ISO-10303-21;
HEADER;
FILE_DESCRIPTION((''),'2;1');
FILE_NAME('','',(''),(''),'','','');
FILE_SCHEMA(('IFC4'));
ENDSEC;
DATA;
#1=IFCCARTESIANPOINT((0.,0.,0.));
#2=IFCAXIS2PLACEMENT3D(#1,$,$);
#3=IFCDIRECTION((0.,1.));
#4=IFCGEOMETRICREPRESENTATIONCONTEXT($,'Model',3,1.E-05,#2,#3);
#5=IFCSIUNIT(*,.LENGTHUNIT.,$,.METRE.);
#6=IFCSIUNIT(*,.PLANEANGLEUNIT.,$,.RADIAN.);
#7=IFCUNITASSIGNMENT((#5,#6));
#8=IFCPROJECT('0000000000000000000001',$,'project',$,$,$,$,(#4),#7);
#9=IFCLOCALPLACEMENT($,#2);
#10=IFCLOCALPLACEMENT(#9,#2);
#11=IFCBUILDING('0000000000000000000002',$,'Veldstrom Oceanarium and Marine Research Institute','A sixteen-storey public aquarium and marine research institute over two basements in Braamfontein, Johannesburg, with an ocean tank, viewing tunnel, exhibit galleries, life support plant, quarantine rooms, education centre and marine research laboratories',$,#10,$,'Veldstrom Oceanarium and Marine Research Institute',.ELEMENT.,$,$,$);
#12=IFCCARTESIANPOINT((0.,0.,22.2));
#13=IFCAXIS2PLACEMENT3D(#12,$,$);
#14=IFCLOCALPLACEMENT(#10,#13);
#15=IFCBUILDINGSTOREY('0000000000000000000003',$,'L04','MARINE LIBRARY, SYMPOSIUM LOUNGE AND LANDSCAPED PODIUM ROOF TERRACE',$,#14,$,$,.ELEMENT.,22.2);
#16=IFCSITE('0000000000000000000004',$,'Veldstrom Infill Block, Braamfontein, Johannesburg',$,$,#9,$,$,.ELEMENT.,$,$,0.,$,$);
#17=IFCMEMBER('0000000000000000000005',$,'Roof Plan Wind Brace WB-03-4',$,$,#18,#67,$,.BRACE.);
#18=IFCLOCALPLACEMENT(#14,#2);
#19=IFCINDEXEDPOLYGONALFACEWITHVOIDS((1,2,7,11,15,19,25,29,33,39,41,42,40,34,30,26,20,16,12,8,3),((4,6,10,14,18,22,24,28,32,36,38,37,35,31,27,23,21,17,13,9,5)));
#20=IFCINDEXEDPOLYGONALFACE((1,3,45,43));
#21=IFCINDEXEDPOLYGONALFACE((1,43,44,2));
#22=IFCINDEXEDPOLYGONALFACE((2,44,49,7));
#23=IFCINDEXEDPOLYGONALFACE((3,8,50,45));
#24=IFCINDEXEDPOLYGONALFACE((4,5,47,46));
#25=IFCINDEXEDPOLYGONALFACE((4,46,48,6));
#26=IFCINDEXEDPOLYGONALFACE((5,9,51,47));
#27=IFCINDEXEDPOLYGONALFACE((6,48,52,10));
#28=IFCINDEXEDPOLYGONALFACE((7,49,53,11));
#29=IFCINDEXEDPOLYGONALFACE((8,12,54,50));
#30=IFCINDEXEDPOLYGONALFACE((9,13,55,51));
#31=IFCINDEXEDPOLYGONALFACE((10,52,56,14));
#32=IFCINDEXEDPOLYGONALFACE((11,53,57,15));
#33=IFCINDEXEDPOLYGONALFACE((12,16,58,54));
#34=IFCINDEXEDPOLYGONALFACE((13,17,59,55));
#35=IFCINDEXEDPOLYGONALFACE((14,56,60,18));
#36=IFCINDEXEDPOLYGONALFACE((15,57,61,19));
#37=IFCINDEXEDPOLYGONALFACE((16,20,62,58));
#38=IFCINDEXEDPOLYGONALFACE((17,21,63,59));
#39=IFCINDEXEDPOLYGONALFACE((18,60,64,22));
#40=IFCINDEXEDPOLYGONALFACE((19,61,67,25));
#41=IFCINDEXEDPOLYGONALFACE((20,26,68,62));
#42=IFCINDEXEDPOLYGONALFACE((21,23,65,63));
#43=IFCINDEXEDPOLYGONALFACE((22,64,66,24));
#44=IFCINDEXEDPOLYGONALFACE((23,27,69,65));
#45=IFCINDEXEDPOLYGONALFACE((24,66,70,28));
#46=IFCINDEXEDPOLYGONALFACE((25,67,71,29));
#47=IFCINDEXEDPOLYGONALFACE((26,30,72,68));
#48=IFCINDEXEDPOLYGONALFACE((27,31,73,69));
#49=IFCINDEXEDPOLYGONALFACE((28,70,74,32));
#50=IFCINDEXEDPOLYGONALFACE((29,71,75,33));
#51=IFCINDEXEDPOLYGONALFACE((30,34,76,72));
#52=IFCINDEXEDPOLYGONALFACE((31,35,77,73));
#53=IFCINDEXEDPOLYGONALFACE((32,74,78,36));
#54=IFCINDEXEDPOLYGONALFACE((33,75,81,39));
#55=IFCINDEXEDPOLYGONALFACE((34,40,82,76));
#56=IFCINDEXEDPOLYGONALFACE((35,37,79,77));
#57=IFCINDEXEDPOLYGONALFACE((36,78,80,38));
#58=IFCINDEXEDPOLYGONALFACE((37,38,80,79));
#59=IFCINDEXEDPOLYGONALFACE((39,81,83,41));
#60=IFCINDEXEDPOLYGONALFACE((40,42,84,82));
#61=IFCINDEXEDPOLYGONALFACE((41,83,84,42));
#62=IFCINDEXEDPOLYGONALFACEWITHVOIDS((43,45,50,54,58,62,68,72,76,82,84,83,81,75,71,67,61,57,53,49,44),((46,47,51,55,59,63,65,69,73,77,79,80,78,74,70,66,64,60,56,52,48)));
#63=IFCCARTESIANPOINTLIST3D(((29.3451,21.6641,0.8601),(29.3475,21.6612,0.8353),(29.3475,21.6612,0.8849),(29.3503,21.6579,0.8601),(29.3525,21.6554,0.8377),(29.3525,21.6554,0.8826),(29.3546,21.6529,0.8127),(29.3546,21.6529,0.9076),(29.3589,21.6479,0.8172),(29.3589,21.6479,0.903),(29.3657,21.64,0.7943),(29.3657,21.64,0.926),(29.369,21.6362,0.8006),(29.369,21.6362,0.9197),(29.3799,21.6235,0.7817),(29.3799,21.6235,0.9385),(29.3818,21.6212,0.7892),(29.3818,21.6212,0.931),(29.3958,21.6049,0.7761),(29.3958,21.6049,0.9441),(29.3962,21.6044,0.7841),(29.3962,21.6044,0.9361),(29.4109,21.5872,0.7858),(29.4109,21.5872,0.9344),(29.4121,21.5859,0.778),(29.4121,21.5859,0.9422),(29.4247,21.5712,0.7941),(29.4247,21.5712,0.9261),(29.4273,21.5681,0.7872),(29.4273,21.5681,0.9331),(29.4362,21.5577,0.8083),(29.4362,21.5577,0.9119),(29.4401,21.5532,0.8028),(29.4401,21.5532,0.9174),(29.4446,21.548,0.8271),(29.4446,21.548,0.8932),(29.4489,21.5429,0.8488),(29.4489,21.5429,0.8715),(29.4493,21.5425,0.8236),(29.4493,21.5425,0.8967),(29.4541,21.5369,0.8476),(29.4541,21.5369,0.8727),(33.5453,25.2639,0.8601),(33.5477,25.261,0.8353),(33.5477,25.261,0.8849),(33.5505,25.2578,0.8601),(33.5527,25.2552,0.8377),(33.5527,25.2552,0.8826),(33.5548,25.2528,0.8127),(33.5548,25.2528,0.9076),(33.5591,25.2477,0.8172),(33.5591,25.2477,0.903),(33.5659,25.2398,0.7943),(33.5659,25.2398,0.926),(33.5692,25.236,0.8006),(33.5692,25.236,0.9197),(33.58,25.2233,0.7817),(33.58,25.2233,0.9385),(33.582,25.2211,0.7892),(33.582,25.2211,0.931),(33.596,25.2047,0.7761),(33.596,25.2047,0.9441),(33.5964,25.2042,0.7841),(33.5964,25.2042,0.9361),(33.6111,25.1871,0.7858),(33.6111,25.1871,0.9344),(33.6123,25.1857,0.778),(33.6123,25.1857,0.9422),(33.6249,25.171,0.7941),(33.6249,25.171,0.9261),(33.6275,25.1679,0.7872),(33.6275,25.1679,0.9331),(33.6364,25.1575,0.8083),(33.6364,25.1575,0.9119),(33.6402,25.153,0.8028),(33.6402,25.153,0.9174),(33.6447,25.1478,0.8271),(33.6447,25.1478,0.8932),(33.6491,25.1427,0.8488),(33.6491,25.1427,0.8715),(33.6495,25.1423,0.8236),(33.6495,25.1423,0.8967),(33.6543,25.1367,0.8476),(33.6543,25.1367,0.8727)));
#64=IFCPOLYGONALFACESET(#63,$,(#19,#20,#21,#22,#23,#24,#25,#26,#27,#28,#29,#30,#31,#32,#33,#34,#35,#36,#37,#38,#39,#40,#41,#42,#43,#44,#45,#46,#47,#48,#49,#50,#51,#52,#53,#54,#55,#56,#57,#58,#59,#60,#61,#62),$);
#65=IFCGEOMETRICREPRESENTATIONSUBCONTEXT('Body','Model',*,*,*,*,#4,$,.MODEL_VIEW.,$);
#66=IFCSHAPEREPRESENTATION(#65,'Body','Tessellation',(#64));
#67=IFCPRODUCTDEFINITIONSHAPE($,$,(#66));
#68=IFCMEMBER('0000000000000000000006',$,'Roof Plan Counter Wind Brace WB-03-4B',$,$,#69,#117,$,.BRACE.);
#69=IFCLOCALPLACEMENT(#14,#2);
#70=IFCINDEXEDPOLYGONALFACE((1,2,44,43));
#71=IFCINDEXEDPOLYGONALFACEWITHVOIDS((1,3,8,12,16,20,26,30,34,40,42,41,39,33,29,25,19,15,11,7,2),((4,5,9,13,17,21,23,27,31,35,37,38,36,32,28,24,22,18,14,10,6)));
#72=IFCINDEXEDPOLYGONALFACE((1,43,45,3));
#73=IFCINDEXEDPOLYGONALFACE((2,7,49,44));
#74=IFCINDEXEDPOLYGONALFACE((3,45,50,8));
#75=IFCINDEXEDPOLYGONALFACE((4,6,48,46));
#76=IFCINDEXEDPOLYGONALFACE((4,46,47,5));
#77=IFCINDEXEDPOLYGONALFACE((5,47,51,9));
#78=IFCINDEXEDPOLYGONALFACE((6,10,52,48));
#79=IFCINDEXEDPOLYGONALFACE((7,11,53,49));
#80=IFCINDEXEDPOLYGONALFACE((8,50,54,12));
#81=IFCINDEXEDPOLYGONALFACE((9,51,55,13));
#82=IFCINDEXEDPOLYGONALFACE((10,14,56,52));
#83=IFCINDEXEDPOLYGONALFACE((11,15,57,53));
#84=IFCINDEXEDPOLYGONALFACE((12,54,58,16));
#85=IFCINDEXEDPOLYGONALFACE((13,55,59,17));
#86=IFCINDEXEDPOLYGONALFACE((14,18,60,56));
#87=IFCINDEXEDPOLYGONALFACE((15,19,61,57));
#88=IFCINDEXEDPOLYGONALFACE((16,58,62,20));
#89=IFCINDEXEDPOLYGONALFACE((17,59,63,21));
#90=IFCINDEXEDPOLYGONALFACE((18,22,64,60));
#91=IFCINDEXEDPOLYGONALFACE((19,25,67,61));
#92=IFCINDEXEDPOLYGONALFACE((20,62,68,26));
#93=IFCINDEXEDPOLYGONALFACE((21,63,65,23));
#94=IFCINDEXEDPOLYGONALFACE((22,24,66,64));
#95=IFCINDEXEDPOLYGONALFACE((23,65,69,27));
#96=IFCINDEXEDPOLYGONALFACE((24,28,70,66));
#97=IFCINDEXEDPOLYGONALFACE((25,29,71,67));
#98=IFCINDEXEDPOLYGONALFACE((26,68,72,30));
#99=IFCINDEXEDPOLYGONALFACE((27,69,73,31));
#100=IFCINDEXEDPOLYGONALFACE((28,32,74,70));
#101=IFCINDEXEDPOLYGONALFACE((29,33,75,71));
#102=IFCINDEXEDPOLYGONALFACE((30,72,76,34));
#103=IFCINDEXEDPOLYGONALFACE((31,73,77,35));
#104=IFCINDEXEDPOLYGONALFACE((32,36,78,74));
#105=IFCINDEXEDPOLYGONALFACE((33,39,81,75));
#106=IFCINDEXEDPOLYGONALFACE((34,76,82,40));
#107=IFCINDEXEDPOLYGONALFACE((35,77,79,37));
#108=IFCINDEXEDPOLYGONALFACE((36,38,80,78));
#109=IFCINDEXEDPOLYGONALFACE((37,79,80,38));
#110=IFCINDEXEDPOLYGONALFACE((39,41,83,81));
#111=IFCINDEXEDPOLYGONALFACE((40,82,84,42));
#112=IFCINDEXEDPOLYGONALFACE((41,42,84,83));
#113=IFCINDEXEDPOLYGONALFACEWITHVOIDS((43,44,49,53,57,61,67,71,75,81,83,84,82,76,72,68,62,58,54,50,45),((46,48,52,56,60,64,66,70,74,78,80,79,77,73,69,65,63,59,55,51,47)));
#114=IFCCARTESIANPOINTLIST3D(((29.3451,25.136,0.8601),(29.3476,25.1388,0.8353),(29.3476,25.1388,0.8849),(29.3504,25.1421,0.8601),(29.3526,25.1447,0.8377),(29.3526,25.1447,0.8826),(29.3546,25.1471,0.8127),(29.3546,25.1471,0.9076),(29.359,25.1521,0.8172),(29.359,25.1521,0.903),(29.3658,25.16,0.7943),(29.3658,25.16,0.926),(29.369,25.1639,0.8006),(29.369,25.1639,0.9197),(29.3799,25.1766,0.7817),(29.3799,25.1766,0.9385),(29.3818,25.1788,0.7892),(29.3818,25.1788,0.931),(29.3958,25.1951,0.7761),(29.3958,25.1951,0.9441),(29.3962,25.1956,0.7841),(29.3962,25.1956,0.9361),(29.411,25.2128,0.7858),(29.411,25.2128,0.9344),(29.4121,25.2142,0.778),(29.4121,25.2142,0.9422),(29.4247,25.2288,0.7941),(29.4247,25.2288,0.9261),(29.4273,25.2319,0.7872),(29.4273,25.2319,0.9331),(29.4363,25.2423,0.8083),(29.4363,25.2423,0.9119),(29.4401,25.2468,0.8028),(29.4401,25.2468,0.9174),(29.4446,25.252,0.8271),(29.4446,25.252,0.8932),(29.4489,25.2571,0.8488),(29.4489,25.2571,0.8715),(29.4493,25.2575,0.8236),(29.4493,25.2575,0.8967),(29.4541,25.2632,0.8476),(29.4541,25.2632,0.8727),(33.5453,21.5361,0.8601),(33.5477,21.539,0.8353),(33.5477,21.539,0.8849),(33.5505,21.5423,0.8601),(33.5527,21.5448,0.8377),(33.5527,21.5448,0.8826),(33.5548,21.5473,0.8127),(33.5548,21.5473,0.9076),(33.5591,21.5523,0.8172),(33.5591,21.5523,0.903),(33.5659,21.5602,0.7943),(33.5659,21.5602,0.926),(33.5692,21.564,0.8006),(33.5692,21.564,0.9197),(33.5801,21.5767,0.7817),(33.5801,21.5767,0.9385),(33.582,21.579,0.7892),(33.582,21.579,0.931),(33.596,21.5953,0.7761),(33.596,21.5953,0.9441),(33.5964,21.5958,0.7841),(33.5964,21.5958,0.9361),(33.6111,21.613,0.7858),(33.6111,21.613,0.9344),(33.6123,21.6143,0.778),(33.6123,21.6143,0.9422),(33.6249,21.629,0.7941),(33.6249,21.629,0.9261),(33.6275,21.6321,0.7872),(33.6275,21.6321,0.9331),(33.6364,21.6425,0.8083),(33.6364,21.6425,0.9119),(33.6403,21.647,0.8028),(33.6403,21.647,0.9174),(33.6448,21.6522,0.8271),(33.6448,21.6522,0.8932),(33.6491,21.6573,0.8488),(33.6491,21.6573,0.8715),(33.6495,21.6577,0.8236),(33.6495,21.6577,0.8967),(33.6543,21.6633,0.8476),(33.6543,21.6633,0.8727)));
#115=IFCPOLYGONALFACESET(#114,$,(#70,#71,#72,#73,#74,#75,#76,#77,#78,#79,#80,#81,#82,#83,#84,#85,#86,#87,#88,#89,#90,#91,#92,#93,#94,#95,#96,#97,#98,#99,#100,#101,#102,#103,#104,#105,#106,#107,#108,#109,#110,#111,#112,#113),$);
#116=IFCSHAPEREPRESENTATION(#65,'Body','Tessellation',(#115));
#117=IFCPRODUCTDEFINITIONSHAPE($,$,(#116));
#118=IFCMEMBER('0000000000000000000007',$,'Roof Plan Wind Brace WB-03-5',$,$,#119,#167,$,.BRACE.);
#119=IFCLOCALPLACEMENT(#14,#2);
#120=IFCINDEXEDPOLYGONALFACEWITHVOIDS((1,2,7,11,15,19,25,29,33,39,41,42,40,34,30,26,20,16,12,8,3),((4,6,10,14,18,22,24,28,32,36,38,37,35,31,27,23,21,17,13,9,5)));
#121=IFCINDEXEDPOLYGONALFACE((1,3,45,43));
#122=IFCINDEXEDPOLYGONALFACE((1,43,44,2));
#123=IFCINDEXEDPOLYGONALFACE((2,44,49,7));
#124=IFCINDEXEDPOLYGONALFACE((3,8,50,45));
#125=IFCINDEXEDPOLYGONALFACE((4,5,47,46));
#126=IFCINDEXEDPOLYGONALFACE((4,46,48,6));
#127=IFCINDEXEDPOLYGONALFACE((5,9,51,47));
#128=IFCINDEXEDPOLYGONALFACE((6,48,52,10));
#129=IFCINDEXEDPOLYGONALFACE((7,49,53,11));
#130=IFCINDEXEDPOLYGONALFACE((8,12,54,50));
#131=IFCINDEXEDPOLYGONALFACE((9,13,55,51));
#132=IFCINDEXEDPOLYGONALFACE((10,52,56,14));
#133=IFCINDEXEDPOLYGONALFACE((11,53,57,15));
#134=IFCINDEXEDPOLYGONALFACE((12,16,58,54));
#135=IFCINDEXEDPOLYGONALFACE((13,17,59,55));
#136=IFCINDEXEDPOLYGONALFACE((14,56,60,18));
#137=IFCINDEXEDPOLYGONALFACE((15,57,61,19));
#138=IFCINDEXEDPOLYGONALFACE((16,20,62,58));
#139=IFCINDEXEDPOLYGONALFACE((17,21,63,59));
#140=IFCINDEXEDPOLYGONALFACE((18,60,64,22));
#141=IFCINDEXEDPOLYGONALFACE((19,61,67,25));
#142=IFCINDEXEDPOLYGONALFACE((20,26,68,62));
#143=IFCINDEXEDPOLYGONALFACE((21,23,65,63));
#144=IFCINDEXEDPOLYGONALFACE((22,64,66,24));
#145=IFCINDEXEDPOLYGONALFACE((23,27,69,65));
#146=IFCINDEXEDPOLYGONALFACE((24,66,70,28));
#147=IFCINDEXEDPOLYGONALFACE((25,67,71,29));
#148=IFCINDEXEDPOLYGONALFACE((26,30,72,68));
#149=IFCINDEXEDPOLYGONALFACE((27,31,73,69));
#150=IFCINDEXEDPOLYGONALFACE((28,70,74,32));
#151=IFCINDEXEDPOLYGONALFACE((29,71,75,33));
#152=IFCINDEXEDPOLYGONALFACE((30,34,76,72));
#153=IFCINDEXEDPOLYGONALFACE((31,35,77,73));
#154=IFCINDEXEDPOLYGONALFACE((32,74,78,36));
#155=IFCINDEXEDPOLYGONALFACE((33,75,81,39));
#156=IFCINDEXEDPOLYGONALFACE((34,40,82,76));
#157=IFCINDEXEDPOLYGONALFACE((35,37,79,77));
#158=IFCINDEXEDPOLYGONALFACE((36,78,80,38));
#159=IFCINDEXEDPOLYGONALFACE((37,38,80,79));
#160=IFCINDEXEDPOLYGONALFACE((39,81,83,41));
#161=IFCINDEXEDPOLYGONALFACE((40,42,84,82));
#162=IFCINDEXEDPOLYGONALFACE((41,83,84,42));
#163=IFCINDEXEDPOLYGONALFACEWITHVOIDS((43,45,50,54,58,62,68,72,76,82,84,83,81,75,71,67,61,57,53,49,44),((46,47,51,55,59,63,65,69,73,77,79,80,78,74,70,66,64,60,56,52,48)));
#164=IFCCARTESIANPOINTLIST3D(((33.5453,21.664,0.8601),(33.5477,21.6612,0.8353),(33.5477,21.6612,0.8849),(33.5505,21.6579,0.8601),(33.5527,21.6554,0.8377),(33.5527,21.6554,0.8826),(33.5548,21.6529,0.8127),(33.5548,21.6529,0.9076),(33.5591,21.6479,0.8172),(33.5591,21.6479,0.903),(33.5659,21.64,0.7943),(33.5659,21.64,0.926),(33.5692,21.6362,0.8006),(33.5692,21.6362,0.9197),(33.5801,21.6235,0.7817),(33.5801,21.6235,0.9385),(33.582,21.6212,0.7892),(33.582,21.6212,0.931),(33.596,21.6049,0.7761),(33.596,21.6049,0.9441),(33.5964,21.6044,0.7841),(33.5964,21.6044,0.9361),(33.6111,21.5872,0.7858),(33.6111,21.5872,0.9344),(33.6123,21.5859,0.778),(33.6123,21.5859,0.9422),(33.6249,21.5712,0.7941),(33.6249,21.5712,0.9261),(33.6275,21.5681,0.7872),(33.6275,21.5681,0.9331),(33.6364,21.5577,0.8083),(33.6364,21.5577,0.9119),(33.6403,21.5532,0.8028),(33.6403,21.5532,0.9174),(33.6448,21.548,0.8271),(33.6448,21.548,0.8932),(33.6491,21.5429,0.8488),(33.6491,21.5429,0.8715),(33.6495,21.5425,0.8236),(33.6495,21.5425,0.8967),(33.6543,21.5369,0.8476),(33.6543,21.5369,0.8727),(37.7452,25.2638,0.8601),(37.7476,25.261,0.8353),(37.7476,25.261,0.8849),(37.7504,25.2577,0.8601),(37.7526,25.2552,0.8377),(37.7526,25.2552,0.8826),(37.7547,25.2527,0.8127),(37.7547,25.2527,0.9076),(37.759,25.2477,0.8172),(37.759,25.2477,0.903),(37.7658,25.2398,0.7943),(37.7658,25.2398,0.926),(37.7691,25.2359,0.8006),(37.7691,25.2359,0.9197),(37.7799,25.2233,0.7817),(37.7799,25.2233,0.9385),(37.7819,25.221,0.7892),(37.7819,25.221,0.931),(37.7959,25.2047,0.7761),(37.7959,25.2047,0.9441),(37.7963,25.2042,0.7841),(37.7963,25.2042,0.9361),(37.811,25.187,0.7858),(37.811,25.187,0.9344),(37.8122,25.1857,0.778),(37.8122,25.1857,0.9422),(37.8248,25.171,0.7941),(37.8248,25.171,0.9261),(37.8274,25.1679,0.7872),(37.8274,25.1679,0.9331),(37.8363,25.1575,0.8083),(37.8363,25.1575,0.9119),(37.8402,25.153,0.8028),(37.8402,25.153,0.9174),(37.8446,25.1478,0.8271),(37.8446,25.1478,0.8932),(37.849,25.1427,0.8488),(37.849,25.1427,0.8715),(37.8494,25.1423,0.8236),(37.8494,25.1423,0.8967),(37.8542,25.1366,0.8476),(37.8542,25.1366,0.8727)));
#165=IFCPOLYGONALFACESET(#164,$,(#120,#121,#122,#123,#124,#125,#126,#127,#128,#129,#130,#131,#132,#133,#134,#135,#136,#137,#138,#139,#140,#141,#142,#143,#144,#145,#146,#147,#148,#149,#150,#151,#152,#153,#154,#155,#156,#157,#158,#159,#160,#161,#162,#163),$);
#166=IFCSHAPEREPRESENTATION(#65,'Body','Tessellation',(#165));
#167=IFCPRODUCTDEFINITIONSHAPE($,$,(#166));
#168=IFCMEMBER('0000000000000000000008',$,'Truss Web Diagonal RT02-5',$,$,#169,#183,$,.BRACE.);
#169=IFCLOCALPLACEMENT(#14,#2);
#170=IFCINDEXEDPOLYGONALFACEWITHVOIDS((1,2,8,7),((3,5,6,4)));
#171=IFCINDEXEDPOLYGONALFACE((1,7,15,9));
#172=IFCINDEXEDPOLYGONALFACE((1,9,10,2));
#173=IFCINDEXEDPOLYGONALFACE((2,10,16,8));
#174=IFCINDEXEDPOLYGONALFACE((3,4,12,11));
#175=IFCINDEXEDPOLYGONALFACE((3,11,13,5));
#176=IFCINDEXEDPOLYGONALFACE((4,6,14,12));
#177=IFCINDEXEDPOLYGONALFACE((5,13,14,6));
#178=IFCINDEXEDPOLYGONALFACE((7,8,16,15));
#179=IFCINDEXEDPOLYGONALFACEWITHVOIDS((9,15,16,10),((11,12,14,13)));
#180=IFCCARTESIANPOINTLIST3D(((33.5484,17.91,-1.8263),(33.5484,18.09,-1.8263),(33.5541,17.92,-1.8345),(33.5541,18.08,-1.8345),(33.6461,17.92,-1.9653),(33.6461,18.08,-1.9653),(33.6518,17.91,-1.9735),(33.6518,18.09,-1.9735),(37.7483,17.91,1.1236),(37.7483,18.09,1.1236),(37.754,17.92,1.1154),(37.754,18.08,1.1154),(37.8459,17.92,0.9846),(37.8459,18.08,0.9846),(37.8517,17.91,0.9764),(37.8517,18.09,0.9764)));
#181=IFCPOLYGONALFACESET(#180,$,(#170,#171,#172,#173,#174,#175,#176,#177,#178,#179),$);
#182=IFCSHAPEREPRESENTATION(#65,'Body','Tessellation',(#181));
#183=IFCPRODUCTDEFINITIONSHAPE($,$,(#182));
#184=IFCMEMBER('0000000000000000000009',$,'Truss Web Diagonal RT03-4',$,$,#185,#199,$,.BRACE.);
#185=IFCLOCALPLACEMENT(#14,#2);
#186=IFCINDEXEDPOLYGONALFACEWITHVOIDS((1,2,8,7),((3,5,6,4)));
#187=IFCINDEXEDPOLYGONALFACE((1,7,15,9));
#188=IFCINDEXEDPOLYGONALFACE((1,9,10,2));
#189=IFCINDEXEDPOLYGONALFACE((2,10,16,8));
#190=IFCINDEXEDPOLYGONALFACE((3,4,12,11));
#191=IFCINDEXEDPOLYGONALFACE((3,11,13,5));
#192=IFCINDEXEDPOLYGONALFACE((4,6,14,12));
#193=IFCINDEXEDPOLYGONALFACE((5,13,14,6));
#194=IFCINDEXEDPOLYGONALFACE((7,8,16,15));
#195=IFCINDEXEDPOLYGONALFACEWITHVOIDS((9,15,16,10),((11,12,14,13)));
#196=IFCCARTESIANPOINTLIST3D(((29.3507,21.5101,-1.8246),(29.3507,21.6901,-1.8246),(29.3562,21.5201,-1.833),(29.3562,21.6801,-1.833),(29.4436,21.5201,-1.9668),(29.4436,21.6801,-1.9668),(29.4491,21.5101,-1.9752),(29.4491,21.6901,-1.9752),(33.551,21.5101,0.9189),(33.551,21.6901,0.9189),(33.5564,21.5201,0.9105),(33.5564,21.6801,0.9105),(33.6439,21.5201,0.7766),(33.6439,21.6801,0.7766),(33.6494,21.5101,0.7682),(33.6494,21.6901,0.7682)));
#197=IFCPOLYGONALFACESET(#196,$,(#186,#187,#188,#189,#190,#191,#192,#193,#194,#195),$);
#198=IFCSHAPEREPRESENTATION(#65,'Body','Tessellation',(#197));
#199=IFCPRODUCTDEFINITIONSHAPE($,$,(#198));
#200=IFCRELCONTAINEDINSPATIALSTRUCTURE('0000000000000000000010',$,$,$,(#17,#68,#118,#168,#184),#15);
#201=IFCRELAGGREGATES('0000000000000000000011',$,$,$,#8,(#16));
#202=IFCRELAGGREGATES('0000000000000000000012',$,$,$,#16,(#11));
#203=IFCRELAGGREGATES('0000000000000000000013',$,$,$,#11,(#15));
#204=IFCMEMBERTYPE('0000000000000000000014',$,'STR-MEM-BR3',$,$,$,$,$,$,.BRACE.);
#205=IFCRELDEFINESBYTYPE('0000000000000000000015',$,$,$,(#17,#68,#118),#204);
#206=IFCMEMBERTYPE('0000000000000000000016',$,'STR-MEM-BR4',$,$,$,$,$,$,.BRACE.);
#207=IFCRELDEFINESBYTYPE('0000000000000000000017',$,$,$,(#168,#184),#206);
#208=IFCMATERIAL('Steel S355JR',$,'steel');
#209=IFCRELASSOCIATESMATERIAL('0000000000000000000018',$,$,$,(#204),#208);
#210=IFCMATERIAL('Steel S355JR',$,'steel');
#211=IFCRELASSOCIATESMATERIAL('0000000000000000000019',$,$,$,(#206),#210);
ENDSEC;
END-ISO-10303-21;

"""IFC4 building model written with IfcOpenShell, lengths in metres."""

from ifc_helpers import new_model, si_unit, direction, frame, origin, origin_2d, place, context, subcontext, project, spatial, hollow_rectangle, hollow_circle, extrude, material, material_profile, profile_set, type_object, element, save


model = new_model("IFC4")

# Units and contexts
model_context = context("Model", 3, precision=1e-05, world=origin(), true_north=direction((0.0, 1.0)))
body_context = subcontext(model_context, "Body", "Model", "MODEL_VIEW")
ifc_project = project(units=[si_unit("LENGTHUNIT", "METRE"), si_unit("PLANEANGLEUNIT", "RADIAN")], contexts=[model_context])

# Site, building, storey
site_placement = place(None, origin())
site = spatial("IfcSite", under=ifc_project, at=site_placement, Name="Veldstrom Infill Block, Braamfontein, Johannesburg", CompositionType="ELEMENT", RefElevation=0.0)
building_placement = place(site_placement, origin())
building = spatial("IfcBuilding", under=site, at=building_placement, Name="Veldstrom Oceanarium and Marine Research Institute", Description="A sixteen-storey public aquarium and marine research institute over two basements in Braamfontein, Johannesburg, with an ocean tank, viewing tunnel, exhibit galleries, life support plant, quarantine rooms, education centre and marine research laboratories", LongName="Veldstrom Oceanarium and Marine Research Institute", CompositionType="ELEMENT")
storey_placement = place(building_placement, frame((0.0, 0.0, 22.2)))
storey = spatial("IfcBuildingStorey", under=building, at=storey_placement, Name="L04", Description="MARINE LIBRARY, SYMPOSIUM LOUNGE AND LANDSCAPED PODIUM ROOF TERRACE", CompositionType="ELEMENT", Elevation=22.2)

# Members
ifc_material_1 = material(Name="Steel S355JR", Category="steel")
ifc_material_profile_1 = material_profile(ifc_material_1, hollow_circle(Radius=0.0842, WallThickness=0.0081, at=origin_2d()), Name="CHS 168.3x8")
ifc_profile_set_1 = profile_set([ifc_material_profile_1], Name="Steel S355JR")
member_type_1 = type_object("IfcMemberType", Name="STR-MEM-BR3", PredefinedType="BRACE", material=ifc_profile_set_1)
for number, where, z_axis, x_axis, name in (
    (1, (29.3999, 21.6001, 0.8601), (0.759285, 0.650759, 0.0), (-0.650759, 0.759285, 0.0), "Roof Plan Wind Brace WB-03-4"),
    (2, (33.6001, 21.6001, 0.8601), (-0.759285, 0.650759, 0.0), (-0.650759, -0.759285, 0.0), "Roof Plan Counter Wind Brace WB-03-4B"),
):
    element("IfcMember", number, at=place(storey_placement, frame(where, z_axis=z_axis, x_axis=x_axis)), inside=storey, type_object=member_type_1, Name=name, PredefinedType="BRACE", context=body_context, shape_type="SweptSolid", body=[
        extrude(hollow_circle(Radius=0.0842, WallThickness=0.0081, at=origin_2d()), origin(), (0.0, 0.0, 1.0), 5.5317),
    ])
member_1_placement = place(storey_placement, frame((33.6001, 21.6001, 0.8601), z_axis=(0.759266, 0.65078, 0.0), x_axis=(-0.65078, 0.759266, 0.0)))
element("IfcMember", 3, at=member_1_placement, inside=storey, type_object=member_type_1, Name="Roof Plan Wind Brace WB-03-5", PredefinedType="BRACE", context=body_context, shape_type="SweptSolid", body=[
    extrude(hollow_circle(Radius=0.0842, WallThickness=0.0081, at=origin_2d()), origin(), (0.0, 0.0, 1.0), 5.5315),
])
ifc_material_2 = material(Name="Steel S355JR", Category="steel")
ifc_material_profile_2 = material_profile(ifc_material_2, hollow_rectangle(XDim=0.1799, YDim=0.1799, WallThickness=0.01, at=origin_2d()), Name="SHS 180x180x10")
ifc_profile_set_2 = profile_set([ifc_material_profile_2], Name="Steel S355JR")
member_type_2 = type_object("IfcMemberType", Name="STR-MEM-BR4", PredefinedType="BRACE", material=ifc_profile_set_2)
member_2_placement = place(storey_placement, frame((33.6001, 18.0, -1.8999), z_axis=(0.818317, 0.0, 0.574767), x_axis=(0.0, 1.0, 0.0)))
element("IfcMember", 4, at=member_2_placement, inside=storey, type_object=member_type_2, Name="Truss Web Diagonal RT02-5", PredefinedType="BRACE", context=body_context, shape_type="SweptSolid", body=[
    extrude(hollow_rectangle(XDim=0.1799, YDim=0.1799, WallThickness=0.01, at=origin_2d()), origin(), (0.0, 0.0, 1.0), 5.1323),
])
member_3_placement = place(storey_placement, frame((29.3999, 21.6001, -1.8999), z_axis=(0.837232, 0.0, 0.546848), x_axis=(0.0, 1.0, 0.0)))
element("IfcMember", 5, at=member_3_placement, inside=storey, type_object=member_type_2, Name="Truss Web Diagonal RT03-4", PredefinedType="BRACE", context=body_context, shape_type="SweptSolid", body=[
    extrude(hollow_rectangle(XDim=0.1799, YDim=0.1799, WallThickness=0.01, at=origin_2d()), origin(), (0.0, 0.0, 1.0), 5.0168),
])

save(model, "model.ifc")
